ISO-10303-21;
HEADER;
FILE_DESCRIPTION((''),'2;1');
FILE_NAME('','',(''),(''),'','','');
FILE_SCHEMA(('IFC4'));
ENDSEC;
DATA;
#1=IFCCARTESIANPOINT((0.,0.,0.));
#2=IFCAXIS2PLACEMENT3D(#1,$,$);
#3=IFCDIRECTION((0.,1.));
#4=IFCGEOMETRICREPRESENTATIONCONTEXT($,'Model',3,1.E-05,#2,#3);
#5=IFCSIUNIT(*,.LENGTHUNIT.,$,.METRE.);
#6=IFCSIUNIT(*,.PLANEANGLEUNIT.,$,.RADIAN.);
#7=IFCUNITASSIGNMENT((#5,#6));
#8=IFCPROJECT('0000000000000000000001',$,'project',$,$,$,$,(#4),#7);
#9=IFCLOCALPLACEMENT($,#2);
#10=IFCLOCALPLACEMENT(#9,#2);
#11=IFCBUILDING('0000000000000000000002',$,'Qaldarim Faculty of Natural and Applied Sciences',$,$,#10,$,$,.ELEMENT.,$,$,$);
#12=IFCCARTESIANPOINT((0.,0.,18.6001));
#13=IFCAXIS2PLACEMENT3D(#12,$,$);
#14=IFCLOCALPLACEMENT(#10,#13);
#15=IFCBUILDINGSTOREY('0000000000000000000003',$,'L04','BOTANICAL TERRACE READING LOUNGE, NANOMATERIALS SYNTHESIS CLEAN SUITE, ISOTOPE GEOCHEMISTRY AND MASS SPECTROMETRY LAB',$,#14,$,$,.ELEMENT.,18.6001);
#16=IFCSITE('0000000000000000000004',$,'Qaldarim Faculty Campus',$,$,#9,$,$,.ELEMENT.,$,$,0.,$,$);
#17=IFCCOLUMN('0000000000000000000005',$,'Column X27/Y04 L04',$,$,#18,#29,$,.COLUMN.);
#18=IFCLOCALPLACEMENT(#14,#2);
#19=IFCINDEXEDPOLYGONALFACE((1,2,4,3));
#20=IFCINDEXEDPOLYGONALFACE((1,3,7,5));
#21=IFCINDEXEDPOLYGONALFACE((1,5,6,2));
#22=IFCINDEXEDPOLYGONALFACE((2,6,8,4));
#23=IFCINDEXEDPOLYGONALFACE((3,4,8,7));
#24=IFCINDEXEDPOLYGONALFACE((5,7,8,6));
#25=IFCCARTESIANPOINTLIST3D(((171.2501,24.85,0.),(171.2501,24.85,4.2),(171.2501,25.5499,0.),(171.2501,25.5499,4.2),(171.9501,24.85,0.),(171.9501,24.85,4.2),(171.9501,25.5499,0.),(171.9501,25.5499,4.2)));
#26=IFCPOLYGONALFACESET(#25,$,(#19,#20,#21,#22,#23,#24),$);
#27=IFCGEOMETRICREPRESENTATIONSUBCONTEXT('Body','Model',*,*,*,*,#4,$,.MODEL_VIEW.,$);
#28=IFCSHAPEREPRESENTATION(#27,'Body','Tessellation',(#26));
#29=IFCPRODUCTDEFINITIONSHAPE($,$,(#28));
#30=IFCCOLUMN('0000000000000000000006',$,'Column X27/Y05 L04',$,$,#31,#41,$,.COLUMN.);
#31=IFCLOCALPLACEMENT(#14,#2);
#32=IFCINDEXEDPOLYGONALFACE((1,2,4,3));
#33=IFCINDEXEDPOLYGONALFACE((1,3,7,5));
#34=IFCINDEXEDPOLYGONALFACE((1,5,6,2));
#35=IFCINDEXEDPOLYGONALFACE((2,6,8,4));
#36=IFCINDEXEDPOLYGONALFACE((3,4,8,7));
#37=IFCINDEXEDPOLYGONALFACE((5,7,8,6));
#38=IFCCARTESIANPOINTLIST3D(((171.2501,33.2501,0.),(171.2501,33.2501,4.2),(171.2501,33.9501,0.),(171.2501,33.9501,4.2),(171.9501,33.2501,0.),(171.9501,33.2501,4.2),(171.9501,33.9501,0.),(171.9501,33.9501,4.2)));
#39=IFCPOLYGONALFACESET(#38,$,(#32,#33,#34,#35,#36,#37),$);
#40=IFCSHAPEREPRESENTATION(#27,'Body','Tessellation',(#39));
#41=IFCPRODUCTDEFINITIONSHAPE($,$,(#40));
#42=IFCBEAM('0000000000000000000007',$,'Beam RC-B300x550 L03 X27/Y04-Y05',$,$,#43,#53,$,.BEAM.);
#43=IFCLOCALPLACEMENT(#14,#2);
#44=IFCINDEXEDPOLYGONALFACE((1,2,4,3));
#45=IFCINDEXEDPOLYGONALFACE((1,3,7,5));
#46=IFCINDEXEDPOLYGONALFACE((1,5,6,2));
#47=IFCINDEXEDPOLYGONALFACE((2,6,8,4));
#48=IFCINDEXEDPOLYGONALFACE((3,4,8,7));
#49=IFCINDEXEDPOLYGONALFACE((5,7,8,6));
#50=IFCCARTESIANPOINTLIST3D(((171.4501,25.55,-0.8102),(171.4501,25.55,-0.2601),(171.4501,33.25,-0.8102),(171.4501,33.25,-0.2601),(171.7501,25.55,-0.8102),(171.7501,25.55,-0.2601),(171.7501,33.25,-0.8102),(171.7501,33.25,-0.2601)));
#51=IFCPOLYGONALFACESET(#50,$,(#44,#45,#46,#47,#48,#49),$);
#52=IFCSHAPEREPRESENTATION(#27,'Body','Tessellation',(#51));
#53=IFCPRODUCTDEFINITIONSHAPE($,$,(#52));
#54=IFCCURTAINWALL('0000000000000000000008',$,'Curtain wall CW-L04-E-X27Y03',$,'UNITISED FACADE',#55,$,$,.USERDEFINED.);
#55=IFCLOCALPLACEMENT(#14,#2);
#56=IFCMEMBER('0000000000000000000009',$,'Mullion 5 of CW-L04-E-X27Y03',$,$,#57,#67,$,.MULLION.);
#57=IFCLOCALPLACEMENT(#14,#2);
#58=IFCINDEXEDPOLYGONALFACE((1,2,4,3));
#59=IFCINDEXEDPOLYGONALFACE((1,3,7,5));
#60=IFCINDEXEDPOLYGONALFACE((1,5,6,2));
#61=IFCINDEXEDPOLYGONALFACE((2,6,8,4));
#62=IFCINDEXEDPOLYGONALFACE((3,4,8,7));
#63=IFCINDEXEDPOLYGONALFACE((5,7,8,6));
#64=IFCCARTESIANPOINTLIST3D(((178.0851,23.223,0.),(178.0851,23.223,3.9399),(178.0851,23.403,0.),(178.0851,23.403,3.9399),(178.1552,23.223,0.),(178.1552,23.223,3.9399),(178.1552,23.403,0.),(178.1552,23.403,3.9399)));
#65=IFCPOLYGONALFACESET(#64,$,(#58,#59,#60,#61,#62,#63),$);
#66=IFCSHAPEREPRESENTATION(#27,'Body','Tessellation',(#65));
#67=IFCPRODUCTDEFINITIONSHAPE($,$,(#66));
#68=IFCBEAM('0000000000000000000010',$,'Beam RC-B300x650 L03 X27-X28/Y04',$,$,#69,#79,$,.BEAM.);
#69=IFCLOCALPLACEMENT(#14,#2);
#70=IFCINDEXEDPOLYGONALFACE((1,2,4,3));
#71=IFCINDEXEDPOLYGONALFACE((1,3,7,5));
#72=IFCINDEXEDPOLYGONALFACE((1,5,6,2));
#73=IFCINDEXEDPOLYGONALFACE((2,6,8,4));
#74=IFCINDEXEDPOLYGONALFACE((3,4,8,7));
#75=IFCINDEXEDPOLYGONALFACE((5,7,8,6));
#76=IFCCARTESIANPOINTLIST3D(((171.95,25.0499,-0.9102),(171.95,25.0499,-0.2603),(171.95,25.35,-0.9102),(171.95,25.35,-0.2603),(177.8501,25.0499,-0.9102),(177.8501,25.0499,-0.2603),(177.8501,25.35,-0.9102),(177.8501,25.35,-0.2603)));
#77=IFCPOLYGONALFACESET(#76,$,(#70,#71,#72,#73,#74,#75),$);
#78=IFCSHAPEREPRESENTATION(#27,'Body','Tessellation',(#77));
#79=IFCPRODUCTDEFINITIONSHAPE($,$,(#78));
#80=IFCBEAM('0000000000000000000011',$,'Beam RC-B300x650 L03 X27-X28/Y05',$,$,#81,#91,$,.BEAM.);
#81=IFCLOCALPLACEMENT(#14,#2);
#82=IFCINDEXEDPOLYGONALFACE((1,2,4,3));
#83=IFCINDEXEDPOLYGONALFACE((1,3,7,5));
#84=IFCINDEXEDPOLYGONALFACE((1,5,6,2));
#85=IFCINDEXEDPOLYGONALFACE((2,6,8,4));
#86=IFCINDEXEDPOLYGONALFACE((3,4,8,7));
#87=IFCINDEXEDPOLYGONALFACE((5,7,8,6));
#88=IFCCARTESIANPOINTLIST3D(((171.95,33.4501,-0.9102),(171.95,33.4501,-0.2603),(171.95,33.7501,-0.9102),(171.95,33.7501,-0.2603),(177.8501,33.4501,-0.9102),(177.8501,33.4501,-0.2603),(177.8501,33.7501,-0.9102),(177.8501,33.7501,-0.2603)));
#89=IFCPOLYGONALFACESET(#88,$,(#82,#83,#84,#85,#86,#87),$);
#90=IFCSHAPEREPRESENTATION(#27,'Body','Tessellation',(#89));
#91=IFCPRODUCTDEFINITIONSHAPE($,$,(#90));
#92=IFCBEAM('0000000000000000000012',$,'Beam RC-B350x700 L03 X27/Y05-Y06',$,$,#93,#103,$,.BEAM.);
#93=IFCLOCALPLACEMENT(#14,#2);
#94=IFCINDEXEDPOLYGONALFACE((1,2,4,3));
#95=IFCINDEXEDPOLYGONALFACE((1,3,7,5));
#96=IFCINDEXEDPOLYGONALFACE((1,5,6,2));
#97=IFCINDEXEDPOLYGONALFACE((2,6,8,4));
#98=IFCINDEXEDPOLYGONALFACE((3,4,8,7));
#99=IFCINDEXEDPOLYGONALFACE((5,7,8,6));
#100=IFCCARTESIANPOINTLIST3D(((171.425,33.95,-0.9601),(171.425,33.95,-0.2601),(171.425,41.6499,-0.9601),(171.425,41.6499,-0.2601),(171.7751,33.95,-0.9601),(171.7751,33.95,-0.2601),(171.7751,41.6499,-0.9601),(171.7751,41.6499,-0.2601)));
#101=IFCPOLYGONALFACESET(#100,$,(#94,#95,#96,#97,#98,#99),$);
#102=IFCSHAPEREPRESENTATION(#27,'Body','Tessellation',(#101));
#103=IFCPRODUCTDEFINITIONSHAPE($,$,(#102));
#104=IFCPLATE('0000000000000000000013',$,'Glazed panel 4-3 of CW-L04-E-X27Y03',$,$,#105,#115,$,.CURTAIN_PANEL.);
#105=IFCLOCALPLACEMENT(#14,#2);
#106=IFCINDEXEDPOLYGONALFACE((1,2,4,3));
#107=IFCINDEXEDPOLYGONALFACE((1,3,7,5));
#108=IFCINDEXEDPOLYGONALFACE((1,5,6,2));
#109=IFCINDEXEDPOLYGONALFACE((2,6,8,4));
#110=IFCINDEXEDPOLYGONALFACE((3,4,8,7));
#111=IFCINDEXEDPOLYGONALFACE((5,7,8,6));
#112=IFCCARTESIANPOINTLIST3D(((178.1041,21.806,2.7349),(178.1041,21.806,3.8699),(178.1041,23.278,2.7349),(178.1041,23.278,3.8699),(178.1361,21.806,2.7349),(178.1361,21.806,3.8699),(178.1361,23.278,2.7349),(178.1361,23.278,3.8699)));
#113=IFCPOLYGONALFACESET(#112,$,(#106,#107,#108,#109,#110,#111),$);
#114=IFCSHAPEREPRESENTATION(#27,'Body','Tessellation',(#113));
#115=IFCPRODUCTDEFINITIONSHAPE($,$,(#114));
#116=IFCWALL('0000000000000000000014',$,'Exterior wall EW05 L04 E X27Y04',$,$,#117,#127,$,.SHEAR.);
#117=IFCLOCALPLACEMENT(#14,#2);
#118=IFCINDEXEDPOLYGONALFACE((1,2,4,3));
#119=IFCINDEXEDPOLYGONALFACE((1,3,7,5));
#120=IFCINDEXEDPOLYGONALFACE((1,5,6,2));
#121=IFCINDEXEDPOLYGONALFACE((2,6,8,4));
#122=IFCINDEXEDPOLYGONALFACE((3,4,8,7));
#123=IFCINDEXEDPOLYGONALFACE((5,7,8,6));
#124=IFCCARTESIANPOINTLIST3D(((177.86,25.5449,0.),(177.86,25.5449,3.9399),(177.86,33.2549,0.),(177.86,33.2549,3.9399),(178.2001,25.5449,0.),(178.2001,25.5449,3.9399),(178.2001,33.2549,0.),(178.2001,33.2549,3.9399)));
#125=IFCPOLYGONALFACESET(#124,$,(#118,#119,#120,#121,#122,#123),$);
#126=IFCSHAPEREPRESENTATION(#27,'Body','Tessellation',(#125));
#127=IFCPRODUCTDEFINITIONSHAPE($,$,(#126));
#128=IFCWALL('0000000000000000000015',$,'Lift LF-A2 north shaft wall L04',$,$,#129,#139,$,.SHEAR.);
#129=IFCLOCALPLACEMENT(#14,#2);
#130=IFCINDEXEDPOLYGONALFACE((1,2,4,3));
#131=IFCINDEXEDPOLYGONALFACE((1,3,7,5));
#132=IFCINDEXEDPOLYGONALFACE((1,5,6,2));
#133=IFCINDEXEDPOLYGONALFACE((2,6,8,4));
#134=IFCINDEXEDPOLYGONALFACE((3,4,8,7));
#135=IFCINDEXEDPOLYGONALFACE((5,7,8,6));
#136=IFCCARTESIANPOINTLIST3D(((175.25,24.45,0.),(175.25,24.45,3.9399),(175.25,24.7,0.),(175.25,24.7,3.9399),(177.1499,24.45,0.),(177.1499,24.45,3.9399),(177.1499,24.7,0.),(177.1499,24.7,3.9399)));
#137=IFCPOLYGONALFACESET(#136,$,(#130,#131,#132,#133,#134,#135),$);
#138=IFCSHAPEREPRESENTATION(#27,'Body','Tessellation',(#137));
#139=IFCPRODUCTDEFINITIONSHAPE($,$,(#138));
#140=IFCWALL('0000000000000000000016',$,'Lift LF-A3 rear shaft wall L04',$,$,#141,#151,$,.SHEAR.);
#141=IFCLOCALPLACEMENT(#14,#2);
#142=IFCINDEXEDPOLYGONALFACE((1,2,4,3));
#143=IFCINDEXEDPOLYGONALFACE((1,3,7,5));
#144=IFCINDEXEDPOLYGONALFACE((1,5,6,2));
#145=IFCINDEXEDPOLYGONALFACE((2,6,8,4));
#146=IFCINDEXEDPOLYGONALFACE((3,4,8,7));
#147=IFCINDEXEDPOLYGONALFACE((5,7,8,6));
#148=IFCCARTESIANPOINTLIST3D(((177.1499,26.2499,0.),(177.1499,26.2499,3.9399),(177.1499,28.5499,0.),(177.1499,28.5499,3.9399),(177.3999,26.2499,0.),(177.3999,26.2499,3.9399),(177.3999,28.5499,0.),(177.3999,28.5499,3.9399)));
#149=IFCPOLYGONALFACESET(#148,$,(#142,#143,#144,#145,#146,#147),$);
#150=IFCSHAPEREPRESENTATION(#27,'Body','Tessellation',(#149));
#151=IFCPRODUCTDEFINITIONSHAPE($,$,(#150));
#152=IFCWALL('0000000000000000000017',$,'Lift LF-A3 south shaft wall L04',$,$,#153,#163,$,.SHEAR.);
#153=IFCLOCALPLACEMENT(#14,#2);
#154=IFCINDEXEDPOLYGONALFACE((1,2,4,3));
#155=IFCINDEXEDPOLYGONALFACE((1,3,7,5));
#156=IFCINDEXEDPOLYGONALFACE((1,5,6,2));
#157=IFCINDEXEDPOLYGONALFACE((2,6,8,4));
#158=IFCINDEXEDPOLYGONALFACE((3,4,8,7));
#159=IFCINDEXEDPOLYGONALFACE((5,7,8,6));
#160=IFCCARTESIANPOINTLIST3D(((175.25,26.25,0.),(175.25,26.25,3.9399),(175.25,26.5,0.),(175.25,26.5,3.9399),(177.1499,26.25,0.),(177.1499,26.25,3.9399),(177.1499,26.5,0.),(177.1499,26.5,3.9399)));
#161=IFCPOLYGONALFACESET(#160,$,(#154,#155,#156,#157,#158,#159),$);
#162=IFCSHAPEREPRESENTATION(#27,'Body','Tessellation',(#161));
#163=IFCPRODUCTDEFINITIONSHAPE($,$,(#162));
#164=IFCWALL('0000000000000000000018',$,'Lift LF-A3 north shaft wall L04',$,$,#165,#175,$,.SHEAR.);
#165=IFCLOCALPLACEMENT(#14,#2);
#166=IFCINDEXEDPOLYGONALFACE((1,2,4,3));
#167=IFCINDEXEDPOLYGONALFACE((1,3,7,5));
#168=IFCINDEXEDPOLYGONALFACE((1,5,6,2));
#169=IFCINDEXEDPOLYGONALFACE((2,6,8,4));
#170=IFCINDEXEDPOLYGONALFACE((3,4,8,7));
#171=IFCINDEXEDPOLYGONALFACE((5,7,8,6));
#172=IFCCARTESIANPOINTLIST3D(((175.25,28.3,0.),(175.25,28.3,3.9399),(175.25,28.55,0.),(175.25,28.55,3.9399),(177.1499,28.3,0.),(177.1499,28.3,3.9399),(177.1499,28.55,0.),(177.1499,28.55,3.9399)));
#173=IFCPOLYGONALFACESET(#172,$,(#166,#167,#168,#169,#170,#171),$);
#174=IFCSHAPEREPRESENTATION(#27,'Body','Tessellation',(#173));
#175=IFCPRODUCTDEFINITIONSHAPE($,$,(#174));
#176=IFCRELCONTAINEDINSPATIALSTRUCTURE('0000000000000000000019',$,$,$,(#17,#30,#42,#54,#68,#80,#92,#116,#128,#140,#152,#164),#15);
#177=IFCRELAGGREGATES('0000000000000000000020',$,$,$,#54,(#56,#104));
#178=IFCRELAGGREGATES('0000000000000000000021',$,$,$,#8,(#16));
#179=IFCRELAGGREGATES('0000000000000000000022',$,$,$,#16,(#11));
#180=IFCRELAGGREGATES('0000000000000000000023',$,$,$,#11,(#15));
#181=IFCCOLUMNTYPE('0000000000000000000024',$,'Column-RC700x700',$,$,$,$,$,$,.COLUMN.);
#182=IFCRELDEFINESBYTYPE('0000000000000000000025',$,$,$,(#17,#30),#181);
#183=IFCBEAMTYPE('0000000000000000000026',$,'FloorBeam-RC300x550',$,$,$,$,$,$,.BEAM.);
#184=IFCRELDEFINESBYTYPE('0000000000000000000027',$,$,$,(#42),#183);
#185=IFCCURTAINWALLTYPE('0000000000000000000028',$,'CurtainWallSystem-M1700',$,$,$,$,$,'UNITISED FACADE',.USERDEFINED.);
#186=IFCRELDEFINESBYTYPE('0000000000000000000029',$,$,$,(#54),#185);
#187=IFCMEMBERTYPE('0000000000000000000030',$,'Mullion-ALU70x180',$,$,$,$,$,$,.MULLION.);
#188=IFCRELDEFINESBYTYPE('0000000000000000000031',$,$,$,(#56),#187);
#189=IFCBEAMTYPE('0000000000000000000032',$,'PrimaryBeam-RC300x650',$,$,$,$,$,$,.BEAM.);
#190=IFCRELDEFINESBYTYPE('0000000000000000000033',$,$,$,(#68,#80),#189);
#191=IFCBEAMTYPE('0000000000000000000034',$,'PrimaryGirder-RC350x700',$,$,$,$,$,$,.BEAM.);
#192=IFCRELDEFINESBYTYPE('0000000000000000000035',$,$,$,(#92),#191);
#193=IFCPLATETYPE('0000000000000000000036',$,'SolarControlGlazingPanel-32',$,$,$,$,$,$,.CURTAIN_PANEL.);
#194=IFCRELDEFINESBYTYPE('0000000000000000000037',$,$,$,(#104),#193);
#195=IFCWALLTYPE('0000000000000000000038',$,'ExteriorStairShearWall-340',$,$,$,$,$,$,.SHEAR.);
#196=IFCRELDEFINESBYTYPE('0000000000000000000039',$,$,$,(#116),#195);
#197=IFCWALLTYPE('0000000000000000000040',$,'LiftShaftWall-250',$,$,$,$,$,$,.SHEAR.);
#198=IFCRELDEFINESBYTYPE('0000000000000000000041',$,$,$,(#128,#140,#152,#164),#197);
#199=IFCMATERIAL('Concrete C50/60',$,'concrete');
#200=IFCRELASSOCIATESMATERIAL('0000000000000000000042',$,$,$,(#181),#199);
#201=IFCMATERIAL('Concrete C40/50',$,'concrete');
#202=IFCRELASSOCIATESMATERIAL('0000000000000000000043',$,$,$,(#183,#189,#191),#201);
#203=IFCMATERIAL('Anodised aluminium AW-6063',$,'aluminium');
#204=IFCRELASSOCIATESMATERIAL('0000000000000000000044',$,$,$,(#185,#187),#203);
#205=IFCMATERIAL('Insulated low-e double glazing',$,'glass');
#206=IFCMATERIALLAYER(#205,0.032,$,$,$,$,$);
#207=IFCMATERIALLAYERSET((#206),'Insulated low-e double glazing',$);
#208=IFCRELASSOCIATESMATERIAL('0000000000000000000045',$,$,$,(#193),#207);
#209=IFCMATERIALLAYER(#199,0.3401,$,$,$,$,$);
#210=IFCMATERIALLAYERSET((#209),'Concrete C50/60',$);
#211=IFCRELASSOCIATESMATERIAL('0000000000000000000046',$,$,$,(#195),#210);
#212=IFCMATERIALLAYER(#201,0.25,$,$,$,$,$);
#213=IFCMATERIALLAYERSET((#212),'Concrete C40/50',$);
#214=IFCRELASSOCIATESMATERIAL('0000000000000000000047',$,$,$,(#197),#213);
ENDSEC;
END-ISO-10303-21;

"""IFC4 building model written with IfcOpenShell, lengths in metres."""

from ifc_helpers import new_model, si_unit, direction, frame, frame_2d, origin, origin_2d, place, context, subcontext, project, spatial, rectangle, extrude, material, layer, layer_set, material_profile, profile_set, type_object, element, aggregate, save


model = new_model("IFC4")

# Units and contexts
model_context = context("Model", 3, precision=1e-05, world=origin(), true_north=direction((0.0, 1.0)))
body_context = subcontext(model_context, "Body", "Model", "MODEL_VIEW")
ifc_project = project(units=[si_unit("LENGTHUNIT", "METRE"), si_unit("PLANEANGLEUNIT", "RADIAN")], contexts=[model_context])

# Site, building, storey
site_placement = place(None, origin())
site = spatial("IfcSite", under=ifc_project, at=site_placement, Name="Qaldarim Faculty Campus", CompositionType="ELEMENT", RefElevation=0.0)
building_placement = place(site_placement, origin())
building = spatial("IfcBuilding", under=site, at=building_placement, Name="Qaldarim Faculty of Natural and Applied Sciences", CompositionType="ELEMENT")
storey_placement = place(building_placement, frame((0.0, 0.0, 18.6001)))
storey = spatial("IfcBuildingStorey", under=building, at=storey_placement, Name="L04", Description="BOTANICAL TERRACE READING LOUNGE, NANOMATERIALS SYNTHESIS CLEAN SUITE, ISOTOPE GEOCHEMISTRY AND MASS SPECTROMETRY LAB", CompositionType="ELEMENT", Elevation=18.6001)

# Columns
ifc_material_1 = material(Name="Concrete C50/60", Category="concrete")
ifc_material_profile_1 = material_profile(ifc_material_1, rectangle(XDim=0.7, YDim=0.7, at=origin_2d()), Name="RC-C700x700")
ifc_profile_set_1 = profile_set([ifc_material_profile_1], Name="Concrete C50/60")
column_type = type_object("IfcColumnType", Name="Column-RC700x700", PredefinedType="COLUMN", material=ifc_profile_set_1)
for number, where, z_axis, x_axis, name in (
    (1, (171.6001, 25.2, 0.0), (0.0, 0.0, 1.0), (1.0, 0.0, 0.0), "Column X27/Y04 L04"),
    (2, (171.6001, 33.6001, 0.0), (0.0, 0.0, 1.0), (1.0, 0.0, 0.0), "Column X27/Y05 L04"),
):
    element("IfcColumn", number, at=place(storey_placement, frame(where, z_axis=z_axis, x_axis=x_axis)), inside=storey, type_object=column_type, Name=name, PredefinedType="COLUMN", context=body_context, shape_type="SweptSolid", body=[
        extrude(rectangle(XDim=0.7, YDim=0.7, at=origin_2d()), origin(), (0.0, 0.0, 1.0), 4.2),
    ])

# Beam
ifc_material_2 = material(Name="Concrete C40/50", Category="concrete")
ifc_material_profile_2 = material_profile(ifc_material_2, rectangle(XDim=0.3, YDim=0.55, at=origin_2d()), Name="RC-B300x550")
ifc_profile_set_2 = profile_set([ifc_material_profile_2], Name="Concrete C40/50")
beam_type_1 = type_object("IfcBeamType", Name="FloorBeam-RC300x550", PredefinedType="BEAM", material=ifc_profile_set_2)
beam_1_placement = place(storey_placement, frame((171.6001, 25.55, -0.5352), z_axis=(0.0, 1.0, 0.0), x_axis=(-1.0, 0.0, 0.0)))
element("IfcBeam", 3, at=beam_1_placement, inside=storey, type_object=beam_type_1, Name="Beam RC-B300x550 L03 X27/Y04-Y05", PredefinedType="BEAM", context=body_context, shape_type="SweptSolid", body=[
    extrude(rectangle(XDim=0.3, YDim=0.55, at=origin_2d()), origin(), (0.0, 0.0, 1.0), 7.7),
])

# Curtain wall, member
ifc_material_3 = material(Name="Anodised aluminium AW-6063", Category="aluminium")
curtain_wall_type = type_object("IfcCurtainWallType", Name="CurtainWallSystem-M1700", ElementType="UNITISED FACADE", PredefinedType="USERDEFINED", material=ifc_material_3)
curtain_wall_placement = place(storey_placement, origin())
curtain_wall = element("IfcCurtainWall", 4, at=curtain_wall_placement, inside=storey, type_object=curtain_wall_type, Name="Curtain wall CW-L04-E-X27Y03", ObjectType="UNITISED FACADE", PredefinedType="USERDEFINED")
ifc_material_profile_3 = material_profile(ifc_material_3, rectangle(XDim=0.0701, YDim=0.1799, at=origin_2d()), Name="ALU-M70x180")
ifc_profile_set_3 = profile_set([ifc_material_profile_3], Name="Anodised aluminium AW-6063")
member_type = type_object("IfcMemberType", Name="Mullion-ALU70x180", PredefinedType="MULLION", material=ifc_profile_set_3)
member_placement = place(storey_placement, frame((178.1201, 23.313, 0.0), z_axis=(0.0, 0.0, 1.0), x_axis=(-1.0, 0.0, 0.0)))
member = element("IfcMember", 5, at=member_placement, type_object=member_type, Name="Mullion 5 of CW-L04-E-X27Y03", PredefinedType="MULLION", context=body_context, shape_type="SweptSolid", body=[
    extrude(rectangle(XDim=0.0701, YDim=0.1799, at=origin_2d()), origin(), (0.0, 0.0, 1.0), 3.9399),
])

# Beams
ifc_material_profile_4 = material_profile(ifc_material_2, rectangle(XDim=0.3, YDim=0.6499, at=origin_2d()), Name="RC-B300x650")
ifc_profile_set_4 = profile_set([ifc_material_profile_4], Name="Concrete C40/50")
beam_type_2 = type_object("IfcBeamType", Name="PrimaryBeam-RC300x650", PredefinedType="BEAM", material=ifc_profile_set_4)
for number, where, z_axis, x_axis, name in (
    (6, (171.95, 25.2, -0.5852), (1.0, 0.0, 0.0), (0.0, 1.0, 0.0), "Beam RC-B300x650 L03 X27-X28/Y04"),
    (7, (171.95, 33.6001, -0.5852), (1.0, 0.0, 0.0), (0.0, 1.0, 0.0), "Beam RC-B300x650 L03 X27-X28/Y05"),
):
    element("IfcBeam", number, at=place(storey_placement, frame(where, z_axis=z_axis, x_axis=x_axis)), inside=storey, type_object=beam_type_2, Name=name, PredefinedType="BEAM", context=body_context, shape_type="SweptSolid", body=[
        extrude(rectangle(XDim=0.3, YDim=0.6499, at=origin_2d()), origin(), (0.0, 0.0, 1.0), 5.9001),
    ])
ifc_material_profile_5 = material_profile(ifc_material_2, rectangle(XDim=0.3501, YDim=0.7, at=origin_2d()), Name="RC-B350x700")
ifc_profile_set_5 = profile_set([ifc_material_profile_5], Name="Concrete C40/50")
beam_type_3 = type_object("IfcBeamType", Name="PrimaryGirder-RC350x700", PredefinedType="BEAM", material=ifc_profile_set_5)
beam_2_placement = place(storey_placement, frame((171.6001, 33.95, -0.6101), z_axis=(0.0, 1.0, 0.0), x_axis=(-1.0, 0.0, 0.0)))
element("IfcBeam", 8, at=beam_2_placement, inside=storey, type_object=beam_type_3, Name="Beam RC-B350x700 L03 X27/Y05-Y06", PredefinedType="BEAM", context=body_context, shape_type="SweptSolid", body=[
    extrude(rectangle(XDim=0.3501, YDim=0.7, at=origin_2d()), origin(), (0.0, 0.0, 1.0), 7.7),
])

# Plate
ifc_material_4 = material(Name="Insulated low-e double glazing", Category="glass")
ifc_layer_1 = layer(ifc_material_4, 0.032)
ifc_layer_set_1 = layer_set([ifc_layer_1], Name="Insulated low-e double glazing")
plate_type = type_object("IfcPlateType", Name="SolarControlGlazingPanel-32", PredefinedType="CURTAIN_PANEL", material=ifc_layer_set_1)
plate_placement = place(storey_placement, frame((178.1201, 22.542, 2.7349), z_axis=(0.0, 0.0, 1.0), x_axis=(0.0, 1.0, 0.0)))
plate = element("IfcPlate", 9, at=plate_placement, type_object=plate_type, Name="Glazed panel 4-3 of CW-L04-E-X27Y03", PredefinedType="CURTAIN_PANEL", context=body_context, shape_type="SweptSolid", body=[
    extrude(rectangle(XDim=1.4719, YDim=0.032, at=origin_2d()), origin(), (0.0, 0.0, 1.0), 1.135),
])
aggregate(curtain_wall, [member, plate])

# Wall
ifc_layer_2 = layer(ifc_material_1, 0.3401)
ifc_layer_set_2 = layer_set([ifc_layer_2], Name="Concrete C50/60")
wall_type_1 = type_object("IfcWallType", Name="ExteriorStairShearWall-340", PredefinedType="SHEAR", material=ifc_layer_set_2)
wall_1_placement = place(storey_placement, frame((178.03, 25.5449, 0.0), z_axis=(0.0, 0.0, 1.0), x_axis=(0.0, 1.0, 0.0)))
element("IfcWall", 10, at=wall_1_placement, inside=storey, type_object=wall_type_1, Name="Exterior wall EW05 L04 E X27Y04", PredefinedType="SHEAR", context=body_context, shape_type="SweptSolid", body=[
    extrude(rectangle(XDim=7.71, YDim=0.3401, at=frame_2d((3.855, 0.0))), origin(), (0.0, 0.0, 1.0), 3.9399),
])

# Wall
ifc_layer_3 = layer(ifc_material_2, 0.25)
ifc_layer_set_3 = layer_set([ifc_layer_3], Name="Concrete C40/50")
wall_type_2 = type_object("IfcWallType", Name="LiftShaftWall-250", PredefinedType="SHEAR", material=ifc_layer_set_3)
wall_2_placement = place(storey_placement, frame((175.25, 24.575, 0.0), z_axis=(0.0, 0.0, 1.0), x_axis=(1.0, 0.0, 0.0)))
element("IfcWall", 11, at=wall_2_placement, inside=storey, type_object=wall_type_2, Name="Lift LF-A2 north shaft wall L04", PredefinedType="SHEAR", context=body_context, shape_type="SweptSolid", body=[
    extrude(rectangle(XDim=1.8999, YDim=0.25, at=frame_2d((0.95, 0.0))), origin(), (0.0, 0.0, 1.0), 3.9399),
])

# Walls
wall_3_placement = place(storey_placement, frame((177.2749, 26.25, 0.0), z_axis=(0.0, 0.0, 1.0), x_axis=(0.0, 1.0, 0.0)))
element("IfcWall", 12, at=wall_3_placement, inside=storey, type_object=wall_type_2, Name="Lift LF-A3 rear shaft wall L04", PredefinedType="SHEAR", context=body_context, shape_type="SweptSolid", body=[
    extrude(rectangle(XDim=2.3, YDim=0.25, at=frame_2d((1.1499, 0.0))), origin(), (0.0, 0.0, 1.0), 3.9399),
])
for number, where, z_axis, x_axis, name in (
    (13, (175.25, 26.375, 0.0), (0.0, 0.0, 1.0), (1.0, 0.0, 0.0), "Lift LF-A3 south shaft wall L04"),
    (14, (175.25, 28.425, 0.0), (0.0, 0.0, 1.0), (1.0, 0.0, 0.0), "Lift LF-A3 north shaft wall L04"),
):
    element("IfcWall", number, at=place(storey_placement, frame(where, z_axis=z_axis, x_axis=x_axis)), inside=storey, type_object=wall_type_2, Name=name, PredefinedType="SHEAR", context=body_context, shape_type="SweptSolid", body=[
        extrude(rectangle(XDim=1.8999, YDim=0.25, at=frame_2d((0.95, 0.0))), origin(), (0.0, 0.0, 1.0), 3.9399),
    ])

save(model, "model.ifc")
